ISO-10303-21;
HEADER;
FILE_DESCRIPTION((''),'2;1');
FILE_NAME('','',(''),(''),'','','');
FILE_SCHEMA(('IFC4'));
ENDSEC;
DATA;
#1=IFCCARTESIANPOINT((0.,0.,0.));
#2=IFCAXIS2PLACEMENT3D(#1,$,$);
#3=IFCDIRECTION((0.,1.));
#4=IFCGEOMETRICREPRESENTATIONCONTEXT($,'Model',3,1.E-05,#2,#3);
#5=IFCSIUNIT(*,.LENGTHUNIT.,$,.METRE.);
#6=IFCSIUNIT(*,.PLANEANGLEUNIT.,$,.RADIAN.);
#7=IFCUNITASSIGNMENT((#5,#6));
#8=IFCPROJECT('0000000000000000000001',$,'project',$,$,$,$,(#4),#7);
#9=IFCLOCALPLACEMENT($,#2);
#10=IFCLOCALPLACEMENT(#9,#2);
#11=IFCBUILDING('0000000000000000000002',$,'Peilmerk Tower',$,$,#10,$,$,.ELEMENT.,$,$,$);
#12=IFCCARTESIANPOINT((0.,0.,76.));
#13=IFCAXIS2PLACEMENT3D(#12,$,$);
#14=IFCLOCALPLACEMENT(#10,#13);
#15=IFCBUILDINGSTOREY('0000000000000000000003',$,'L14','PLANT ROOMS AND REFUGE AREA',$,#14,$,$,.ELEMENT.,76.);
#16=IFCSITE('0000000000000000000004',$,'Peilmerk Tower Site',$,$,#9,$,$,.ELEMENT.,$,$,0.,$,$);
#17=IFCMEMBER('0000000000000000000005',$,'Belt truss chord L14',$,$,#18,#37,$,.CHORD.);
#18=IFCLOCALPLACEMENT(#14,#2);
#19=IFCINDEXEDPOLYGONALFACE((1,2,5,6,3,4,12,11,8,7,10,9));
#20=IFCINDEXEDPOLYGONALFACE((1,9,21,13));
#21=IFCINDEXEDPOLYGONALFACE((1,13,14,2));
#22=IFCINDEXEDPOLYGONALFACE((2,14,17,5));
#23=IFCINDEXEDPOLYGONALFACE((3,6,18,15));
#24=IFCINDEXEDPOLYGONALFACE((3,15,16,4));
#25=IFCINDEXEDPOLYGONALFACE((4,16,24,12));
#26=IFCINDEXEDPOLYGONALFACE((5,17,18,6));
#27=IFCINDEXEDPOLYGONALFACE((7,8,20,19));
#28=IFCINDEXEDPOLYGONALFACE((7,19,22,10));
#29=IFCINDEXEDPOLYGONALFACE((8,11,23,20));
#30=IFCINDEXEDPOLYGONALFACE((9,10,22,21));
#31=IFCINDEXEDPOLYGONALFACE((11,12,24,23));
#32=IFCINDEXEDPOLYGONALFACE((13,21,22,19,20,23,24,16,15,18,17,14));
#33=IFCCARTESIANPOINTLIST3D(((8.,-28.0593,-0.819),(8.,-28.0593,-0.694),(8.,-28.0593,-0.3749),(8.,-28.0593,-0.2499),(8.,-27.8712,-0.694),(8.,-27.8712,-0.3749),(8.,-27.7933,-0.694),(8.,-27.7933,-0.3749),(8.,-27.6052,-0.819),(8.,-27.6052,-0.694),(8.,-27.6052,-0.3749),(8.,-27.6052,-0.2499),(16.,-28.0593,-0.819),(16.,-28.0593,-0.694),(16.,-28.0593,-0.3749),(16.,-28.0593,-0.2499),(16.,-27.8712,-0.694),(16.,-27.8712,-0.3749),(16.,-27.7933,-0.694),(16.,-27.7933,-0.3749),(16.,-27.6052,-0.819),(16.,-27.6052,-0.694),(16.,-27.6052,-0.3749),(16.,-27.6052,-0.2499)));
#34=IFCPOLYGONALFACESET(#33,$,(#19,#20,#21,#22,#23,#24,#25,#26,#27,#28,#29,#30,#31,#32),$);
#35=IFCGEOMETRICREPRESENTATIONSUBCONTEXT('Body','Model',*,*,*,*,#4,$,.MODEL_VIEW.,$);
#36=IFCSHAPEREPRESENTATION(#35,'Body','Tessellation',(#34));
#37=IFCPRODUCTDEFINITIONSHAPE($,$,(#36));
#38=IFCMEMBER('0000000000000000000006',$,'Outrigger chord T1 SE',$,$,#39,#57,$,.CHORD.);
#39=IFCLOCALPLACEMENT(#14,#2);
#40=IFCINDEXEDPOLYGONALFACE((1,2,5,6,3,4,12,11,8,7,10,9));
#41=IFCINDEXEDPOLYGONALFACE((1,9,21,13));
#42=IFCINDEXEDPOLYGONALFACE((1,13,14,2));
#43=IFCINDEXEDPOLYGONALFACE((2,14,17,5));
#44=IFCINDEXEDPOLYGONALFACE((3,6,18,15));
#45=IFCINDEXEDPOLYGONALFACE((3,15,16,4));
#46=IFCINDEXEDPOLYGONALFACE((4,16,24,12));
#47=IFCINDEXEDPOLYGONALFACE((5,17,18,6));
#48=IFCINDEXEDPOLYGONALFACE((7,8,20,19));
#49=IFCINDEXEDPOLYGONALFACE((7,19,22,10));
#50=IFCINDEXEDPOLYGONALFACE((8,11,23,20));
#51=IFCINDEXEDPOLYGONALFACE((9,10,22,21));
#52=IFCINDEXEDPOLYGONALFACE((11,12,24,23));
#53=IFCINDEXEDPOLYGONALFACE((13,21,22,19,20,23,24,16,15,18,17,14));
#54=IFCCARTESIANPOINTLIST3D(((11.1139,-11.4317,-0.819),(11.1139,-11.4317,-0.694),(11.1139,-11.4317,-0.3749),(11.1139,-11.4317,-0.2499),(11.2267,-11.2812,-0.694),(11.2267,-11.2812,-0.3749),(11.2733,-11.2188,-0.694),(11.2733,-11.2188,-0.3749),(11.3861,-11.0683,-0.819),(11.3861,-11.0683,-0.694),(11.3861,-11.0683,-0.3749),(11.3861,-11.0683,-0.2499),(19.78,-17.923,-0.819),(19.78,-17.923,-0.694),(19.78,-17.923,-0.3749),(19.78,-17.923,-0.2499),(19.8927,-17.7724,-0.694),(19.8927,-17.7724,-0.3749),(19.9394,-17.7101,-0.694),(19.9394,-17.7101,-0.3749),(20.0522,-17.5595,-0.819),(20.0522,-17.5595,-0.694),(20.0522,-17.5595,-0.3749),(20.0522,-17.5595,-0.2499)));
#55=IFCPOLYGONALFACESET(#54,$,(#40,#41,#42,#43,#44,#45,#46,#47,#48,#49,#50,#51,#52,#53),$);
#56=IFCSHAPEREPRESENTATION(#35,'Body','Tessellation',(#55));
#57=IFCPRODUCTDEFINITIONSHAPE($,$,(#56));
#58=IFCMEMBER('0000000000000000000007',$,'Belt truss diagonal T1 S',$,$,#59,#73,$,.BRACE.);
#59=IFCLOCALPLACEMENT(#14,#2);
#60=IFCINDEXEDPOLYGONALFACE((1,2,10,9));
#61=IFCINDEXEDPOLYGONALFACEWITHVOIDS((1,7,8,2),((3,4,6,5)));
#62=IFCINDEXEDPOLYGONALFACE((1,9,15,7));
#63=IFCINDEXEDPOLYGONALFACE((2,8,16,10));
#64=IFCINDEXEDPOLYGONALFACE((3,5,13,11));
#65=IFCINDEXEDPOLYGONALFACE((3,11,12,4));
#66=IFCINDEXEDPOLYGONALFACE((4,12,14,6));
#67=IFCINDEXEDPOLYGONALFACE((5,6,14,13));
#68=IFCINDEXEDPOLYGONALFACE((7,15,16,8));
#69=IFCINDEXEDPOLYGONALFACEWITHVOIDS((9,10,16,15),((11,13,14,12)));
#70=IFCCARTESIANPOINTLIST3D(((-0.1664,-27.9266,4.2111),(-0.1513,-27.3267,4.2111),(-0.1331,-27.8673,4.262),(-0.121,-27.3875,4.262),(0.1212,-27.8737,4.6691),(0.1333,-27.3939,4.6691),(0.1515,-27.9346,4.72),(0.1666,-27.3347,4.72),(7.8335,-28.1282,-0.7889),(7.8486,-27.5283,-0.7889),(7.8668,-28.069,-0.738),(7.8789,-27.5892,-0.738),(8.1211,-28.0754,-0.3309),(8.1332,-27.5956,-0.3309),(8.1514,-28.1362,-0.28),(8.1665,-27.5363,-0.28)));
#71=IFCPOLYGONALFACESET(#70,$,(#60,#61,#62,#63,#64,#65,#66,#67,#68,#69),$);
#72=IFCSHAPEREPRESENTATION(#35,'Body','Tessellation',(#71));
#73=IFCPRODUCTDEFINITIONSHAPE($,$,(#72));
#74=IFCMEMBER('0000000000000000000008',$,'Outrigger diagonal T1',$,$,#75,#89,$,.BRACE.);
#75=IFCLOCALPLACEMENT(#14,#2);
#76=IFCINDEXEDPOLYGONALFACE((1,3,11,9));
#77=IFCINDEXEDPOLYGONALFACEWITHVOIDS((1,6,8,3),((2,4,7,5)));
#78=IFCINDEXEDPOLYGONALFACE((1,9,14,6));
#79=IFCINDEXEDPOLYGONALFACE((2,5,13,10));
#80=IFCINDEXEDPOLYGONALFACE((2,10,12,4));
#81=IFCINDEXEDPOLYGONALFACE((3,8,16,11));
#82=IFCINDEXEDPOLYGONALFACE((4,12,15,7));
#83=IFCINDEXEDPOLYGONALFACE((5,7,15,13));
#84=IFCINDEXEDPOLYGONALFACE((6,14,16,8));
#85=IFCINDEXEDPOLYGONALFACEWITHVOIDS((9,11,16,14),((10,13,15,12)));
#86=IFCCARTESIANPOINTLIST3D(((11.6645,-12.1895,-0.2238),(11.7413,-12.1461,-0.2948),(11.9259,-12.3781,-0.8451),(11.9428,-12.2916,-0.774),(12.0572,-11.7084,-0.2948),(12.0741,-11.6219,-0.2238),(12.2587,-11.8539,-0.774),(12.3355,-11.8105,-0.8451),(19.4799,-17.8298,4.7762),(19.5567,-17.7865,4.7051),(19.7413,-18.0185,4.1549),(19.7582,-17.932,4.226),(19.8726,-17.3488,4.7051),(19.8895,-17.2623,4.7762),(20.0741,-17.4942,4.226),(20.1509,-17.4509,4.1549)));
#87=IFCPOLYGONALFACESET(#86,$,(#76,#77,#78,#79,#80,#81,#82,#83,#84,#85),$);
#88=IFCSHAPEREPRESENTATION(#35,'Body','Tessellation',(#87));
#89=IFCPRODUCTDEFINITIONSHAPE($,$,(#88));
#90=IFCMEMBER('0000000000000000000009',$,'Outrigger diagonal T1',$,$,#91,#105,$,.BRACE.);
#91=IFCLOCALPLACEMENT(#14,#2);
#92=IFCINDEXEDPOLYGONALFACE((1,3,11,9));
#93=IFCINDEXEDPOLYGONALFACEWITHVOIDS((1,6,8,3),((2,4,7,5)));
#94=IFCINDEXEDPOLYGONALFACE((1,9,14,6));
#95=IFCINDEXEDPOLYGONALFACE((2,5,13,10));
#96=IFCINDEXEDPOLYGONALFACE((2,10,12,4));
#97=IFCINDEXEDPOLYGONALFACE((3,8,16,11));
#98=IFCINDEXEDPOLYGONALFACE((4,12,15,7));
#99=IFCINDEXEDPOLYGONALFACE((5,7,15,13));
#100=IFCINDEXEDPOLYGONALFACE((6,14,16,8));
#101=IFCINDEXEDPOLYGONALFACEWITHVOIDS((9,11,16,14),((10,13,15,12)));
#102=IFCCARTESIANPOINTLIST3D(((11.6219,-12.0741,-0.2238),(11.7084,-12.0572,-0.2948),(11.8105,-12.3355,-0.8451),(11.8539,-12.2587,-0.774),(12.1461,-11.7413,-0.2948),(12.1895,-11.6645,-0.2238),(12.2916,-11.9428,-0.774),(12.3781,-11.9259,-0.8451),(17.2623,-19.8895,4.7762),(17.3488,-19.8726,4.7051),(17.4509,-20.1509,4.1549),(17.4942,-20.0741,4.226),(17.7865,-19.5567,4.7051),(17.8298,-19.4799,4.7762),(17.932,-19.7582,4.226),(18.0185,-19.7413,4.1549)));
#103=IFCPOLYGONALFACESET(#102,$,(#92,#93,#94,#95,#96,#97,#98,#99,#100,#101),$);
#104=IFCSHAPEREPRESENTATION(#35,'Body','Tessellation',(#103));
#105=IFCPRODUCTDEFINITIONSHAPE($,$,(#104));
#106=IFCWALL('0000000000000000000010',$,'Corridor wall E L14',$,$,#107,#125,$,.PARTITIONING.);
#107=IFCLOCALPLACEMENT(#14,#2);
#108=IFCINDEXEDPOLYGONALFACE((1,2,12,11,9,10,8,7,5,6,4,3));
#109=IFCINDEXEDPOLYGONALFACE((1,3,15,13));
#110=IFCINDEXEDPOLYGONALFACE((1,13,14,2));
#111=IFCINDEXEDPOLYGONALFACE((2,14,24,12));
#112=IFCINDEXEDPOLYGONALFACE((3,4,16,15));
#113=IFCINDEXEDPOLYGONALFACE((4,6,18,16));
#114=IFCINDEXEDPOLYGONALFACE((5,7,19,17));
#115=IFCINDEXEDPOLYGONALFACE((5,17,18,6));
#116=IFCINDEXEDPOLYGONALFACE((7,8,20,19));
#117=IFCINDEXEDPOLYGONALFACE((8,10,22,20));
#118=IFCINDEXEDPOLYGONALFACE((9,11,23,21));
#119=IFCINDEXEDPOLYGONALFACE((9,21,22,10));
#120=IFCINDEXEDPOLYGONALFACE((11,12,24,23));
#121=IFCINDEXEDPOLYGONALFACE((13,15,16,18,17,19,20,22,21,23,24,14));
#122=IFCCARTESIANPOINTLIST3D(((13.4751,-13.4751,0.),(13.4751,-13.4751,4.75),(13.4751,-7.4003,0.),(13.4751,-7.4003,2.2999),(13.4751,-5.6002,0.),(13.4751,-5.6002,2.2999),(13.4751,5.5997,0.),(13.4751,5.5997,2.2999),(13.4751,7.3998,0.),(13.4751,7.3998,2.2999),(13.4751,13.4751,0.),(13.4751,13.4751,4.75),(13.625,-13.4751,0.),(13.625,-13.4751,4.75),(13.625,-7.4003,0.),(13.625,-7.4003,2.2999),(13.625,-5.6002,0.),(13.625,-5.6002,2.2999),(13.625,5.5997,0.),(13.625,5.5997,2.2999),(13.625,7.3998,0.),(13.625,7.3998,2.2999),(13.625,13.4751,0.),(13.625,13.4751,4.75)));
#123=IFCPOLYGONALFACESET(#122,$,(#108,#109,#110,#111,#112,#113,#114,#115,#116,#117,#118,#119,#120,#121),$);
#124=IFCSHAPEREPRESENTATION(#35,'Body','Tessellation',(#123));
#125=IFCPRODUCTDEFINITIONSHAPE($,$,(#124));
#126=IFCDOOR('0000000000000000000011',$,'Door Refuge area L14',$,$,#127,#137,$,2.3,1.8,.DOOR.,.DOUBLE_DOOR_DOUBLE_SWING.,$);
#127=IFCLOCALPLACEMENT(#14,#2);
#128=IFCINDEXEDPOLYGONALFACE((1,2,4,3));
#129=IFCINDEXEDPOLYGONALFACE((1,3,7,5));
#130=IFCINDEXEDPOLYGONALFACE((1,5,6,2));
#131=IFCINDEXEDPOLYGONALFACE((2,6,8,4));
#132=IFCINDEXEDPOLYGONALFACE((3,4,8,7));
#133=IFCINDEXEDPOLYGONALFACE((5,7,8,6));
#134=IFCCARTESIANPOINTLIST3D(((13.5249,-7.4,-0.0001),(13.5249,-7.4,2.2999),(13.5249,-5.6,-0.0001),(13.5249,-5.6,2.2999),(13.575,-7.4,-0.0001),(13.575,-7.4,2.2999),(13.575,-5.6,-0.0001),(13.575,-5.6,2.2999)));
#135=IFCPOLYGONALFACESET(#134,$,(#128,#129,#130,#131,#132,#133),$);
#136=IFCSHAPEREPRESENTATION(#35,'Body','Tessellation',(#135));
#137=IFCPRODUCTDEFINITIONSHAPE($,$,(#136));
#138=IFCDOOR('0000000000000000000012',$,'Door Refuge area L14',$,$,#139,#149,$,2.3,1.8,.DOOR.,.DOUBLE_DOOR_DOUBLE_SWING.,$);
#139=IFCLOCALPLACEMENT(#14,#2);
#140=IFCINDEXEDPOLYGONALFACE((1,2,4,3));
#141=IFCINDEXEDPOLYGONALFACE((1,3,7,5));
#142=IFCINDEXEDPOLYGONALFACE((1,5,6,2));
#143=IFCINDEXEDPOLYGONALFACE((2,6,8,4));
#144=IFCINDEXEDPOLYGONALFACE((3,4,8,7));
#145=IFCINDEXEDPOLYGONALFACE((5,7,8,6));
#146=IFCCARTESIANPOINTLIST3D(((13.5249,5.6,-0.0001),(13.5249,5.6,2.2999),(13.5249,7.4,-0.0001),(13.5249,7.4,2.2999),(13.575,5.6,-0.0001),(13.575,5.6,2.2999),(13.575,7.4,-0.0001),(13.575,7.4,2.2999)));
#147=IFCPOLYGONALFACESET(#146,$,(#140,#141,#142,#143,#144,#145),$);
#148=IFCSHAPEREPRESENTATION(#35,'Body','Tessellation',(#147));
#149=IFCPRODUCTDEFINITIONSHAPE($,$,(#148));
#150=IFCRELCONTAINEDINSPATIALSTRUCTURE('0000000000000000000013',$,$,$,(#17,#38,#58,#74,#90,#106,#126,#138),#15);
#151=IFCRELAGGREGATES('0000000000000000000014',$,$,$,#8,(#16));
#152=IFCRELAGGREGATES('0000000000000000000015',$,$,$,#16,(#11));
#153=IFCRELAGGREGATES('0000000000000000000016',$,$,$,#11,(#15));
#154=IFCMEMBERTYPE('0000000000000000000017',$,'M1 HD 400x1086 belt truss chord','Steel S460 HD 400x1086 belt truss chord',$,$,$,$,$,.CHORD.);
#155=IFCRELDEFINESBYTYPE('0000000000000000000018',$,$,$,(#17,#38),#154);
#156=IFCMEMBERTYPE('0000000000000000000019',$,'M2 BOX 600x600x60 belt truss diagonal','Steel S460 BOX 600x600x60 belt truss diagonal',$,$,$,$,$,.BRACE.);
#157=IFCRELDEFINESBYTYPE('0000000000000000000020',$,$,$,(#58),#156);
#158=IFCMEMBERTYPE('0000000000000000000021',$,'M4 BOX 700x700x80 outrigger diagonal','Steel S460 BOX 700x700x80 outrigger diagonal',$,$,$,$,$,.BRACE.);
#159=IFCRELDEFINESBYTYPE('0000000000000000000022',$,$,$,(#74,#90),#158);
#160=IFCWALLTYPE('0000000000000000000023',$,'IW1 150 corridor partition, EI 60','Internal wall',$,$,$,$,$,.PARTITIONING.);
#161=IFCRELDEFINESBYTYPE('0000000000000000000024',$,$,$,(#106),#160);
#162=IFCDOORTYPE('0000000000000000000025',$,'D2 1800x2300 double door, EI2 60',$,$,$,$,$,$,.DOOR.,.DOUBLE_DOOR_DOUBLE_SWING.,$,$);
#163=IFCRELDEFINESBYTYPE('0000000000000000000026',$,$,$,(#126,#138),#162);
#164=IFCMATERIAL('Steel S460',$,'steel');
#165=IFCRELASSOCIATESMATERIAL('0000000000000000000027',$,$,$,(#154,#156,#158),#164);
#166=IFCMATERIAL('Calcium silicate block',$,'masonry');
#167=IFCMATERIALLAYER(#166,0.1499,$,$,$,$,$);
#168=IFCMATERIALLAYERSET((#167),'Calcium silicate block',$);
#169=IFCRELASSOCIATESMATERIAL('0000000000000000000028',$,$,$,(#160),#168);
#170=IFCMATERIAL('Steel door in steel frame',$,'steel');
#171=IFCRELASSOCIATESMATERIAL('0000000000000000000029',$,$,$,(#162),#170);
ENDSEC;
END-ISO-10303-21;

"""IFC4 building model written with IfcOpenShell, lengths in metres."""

from ifc_helpers import new_model, si_unit, direction, frame, frame_2d, origin, origin_2d, place, context, subcontext, project, spatial, rectangle, hollow_rectangle, i_section, extrude, material, layer, layer_set, material_profile, profile_set, type_object, element, fill, save


model = new_model("IFC4")

# Units and contexts
model_context = context("Model", 3, precision=1e-05, world=origin(), true_north=direction((0.0, 1.0)))
body_context = subcontext(model_context, "Body", "Model", "MODEL_VIEW")
ifc_project = project(units=[si_unit("LENGTHUNIT", "METRE"), si_unit("PLANEANGLEUNIT", "RADIAN")], contexts=[model_context])

# Site, building, storey
site_placement = place(None, origin())
site = spatial("IfcSite", under=ifc_project, at=site_placement, Name="Peilmerk Tower Site", CompositionType="ELEMENT", RefElevation=0.0)
building_placement = place(site_placement, origin())
building = spatial("IfcBuilding", under=site, at=building_placement, Name="Peilmerk Tower", CompositionType="ELEMENT")
storey_placement = place(building_placement, frame((0.0, 0.0, 76.0)))
storey = spatial("IfcBuildingStorey", under=building, at=storey_placement, Name="L14", Description="PLANT ROOMS AND REFUGE AREA", CompositionType="ELEMENT", Elevation=76.0)

# Shared definitions
ifc_material_1 = material(Name="Steel S460", Category="steel")

# Members
ifc_material_profile_1 = material_profile(ifc_material_1, i_section(OverallWidth=0.4541, OverallDepth=0.5691, WebThickness=0.0779, FlangeThickness=0.125, at=origin_2d()), Name="HD 400x1086")
ifc_profile_set_1 = profile_set([ifc_material_profile_1], Name="Steel S460")
member_type_1 = type_object("IfcMemberType", Name="M1 HD 400x1086 belt truss chord", Description="Steel S460 HD 400x1086 belt truss chord", PredefinedType="CHORD", material=ifc_profile_set_1)
for number, where, z_axis, x_axis, name in (
    (1, (8.0, -27.8323, -0.5344), (1.0, 0.0, 0.0), (0.0, 1.0, 0.0), "Belt truss chord L14"),
):
    element("IfcMember", number, at=place(storey_placement, frame(where, z_axis=z_axis, x_axis=x_axis)), inside=storey, type_object=member_type_1, Name=name, PredefinedType="CHORD", context=body_context, shape_type="SweptSolid", body=[
        extrude(i_section(OverallWidth=0.4541, OverallDepth=0.5691, WebThickness=0.0779, FlangeThickness=0.125, at=origin_2d()), origin(), (0.0, 0.0, 1.0), 8.0),
    ])
member_1_placement = place(storey_placement, frame((11.25, -11.25, -0.5344), z_axis=(0.800368, -0.599509, 0.0), x_axis=(0.599509, 0.800368, 0.0)))
element("IfcMember", 2, at=member_1_placement, inside=storey, type_object=member_type_1, Name="Outrigger chord T1 SE", PredefinedType="CHORD", context=body_context, shape_type="SweptSolid", body=[
    extrude(i_section(OverallWidth=0.4541, OverallDepth=0.5691, WebThickness=0.0779, FlangeThickness=0.125, at=origin_2d()), origin(), (0.0, 0.0, 1.0), 10.8276),
])
ifc_material_profile_2 = material_profile(ifc_material_1, hollow_rectangle(XDim=0.6001, YDim=0.6001, WallThickness=0.0601, at=origin_2d()), Name="BOX 600x600x60")
ifc_profile_set_2 = profile_set([ifc_material_profile_2], Name="Steel S460")
member_type_2 = type_object("IfcMemberType", Name="M2 BOX 600x600x60 belt truss diagonal", Description="Steel S460 BOX 600x600x60 belt truss diagonal", PredefinedType="BRACE", material=ifc_profile_set_2)
member_2_placement = place(storey_placement, frame((8.0, -27.8323, -0.5344), z_axis=(-0.847805, 0.021371, 0.529878), x_axis=(-0.0252, -0.999682, 0.0)))
element("IfcMember", 3, at=member_2_placement, inside=storey, type_object=member_type_2, Name="Belt truss diagonal T1 S", PredefinedType="BRACE", context=body_context, shape_type="SweptSolid", body=[
    extrude(hollow_rectangle(XDim=0.6001, YDim=0.6001, WallThickness=0.0601, at=origin_2d()), origin(), (0.0, 0.0, 1.0), 9.436),
])
ifc_material_profile_3 = material_profile(ifc_material_1, hollow_rectangle(XDim=0.7, YDim=0.7, WallThickness=0.0801, at=origin_2d()), Name="BOX 700x700x80")
ifc_profile_set_3 = profile_set([ifc_material_profile_3], Name="Steel S460")
member_type_3 = type_object("IfcMemberType", Name="M4 BOX 700x700x80 outrigger diagonal", Description="Steel S460 BOX 700x700x80 outrigger diagonal", PredefinedType="BRACE", material=ifc_profile_set_3)
for number, where, z_axis, x_axis, name in (
    (4, (12.0, -12.0, -0.5344), (0.719789, -0.519471, 0.460493), (0.585211, 0.810881, 0.0), "Outrigger diagonal T1"),
    (5, (12.0, -12.0, -0.5344), (0.519471, -0.719789, 0.460493), (0.810881, 0.585211, 0.0), "Outrigger diagonal T1"),
):
    element("IfcMember", number, at=place(storey_placement, frame(where, z_axis=z_axis, x_axis=x_axis)), inside=storey, type_object=member_type_3, Name=name, PredefinedType="BRACE", context=body_context, shape_type="SweptSolid", body=[
        extrude(hollow_rectangle(XDim=0.7, YDim=0.7, WallThickness=0.0801, at=origin_2d()), origin(), (0.0, 0.0, 1.0), 10.8579),
    ])

# Wall, openings, doors
ifc_material_2 = material(Name="Calcium silicate block", Category="masonry")
ifc_layer = layer(ifc_material_2, 0.1499)
ifc_layer_set = layer_set([ifc_layer], Name="Calcium silicate block")
wall_type = type_object("IfcWallType", Name="IW1 150 corridor partition, EI 60", Description="Internal wall", PredefinedType="PARTITIONING", material=ifc_layer_set)
wall_placement = place(storey_placement, frame((13.55, -13.4751, 0.0), z_axis=(0.0, 0.0, 1.0), x_axis=(0.0, 1.0, 0.0)))
wall = element("IfcWall", 6, at=wall_placement, inside=storey, type_object=wall_type, Name="Corridor wall E L14", PredefinedType="PARTITIONING", context=body_context, shape_type="SweptSolid", body=[
    extrude(rectangle(XDim=26.9502, YDim=0.1499, at=frame_2d((13.4751, 0.0))), origin(), (0.0, 0.0, 1.0), 4.75),
])
opening_1_placement = place(wall_placement, frame((6.075, 0.0, 0.0)))
opening_1 = element("IfcOpeningElement", 7, at=opening_1_placement, cuts=wall, PredefinedType="OPENING", context=body_context, shape_type="SweptSolid", body=[
    extrude(rectangle(XDim=1.8, YDim=2.3, at=frame_2d((0.8999, 1.1499))), frame((0.0, 0.085, 0.0), z_axis=(0.0, -1.0, 0.0), x_axis=(1.0, 0.0, 0.0)), (0.0, 0.0, 1.0), 0.1699),
])
opening_2_placement = place(wall_placement, frame((19.075, 0.0, 0.0)))
opening_2 = element("IfcOpeningElement", 8, at=opening_2_placement, cuts=wall, PredefinedType="OPENING", context=body_context, shape_type="SweptSolid", body=[
    extrude(rectangle(XDim=1.8, YDim=2.3, at=frame_2d((0.8999, 1.1499))), frame((0.0, 0.085, 0.0), z_axis=(0.0, -1.0, 0.0), x_axis=(1.0, 0.0, 0.0)), (0.0, 0.0, 1.0), 0.1699),
])
ifc_material_3 = material(Name="Steel door in steel frame", Category="steel")
door_type = type_object("IfcDoorType", Name="D2 1800x2300 double door, EI2 60", OperationType="DOUBLE_DOOR_DOUBLE_SWING", PredefinedType="DOOR", material=ifc_material_3)
door_1_placement = place(opening_1_placement, frame((1.8, 0.0, 0.0), z_axis=(0.0, 0.0, 1.0), x_axis=(-1.0, 0.0, 0.0)))
door_1 = element("IfcDoor", 9, at=door_1_placement, inside=storey, type_object=door_type, Name="Door Refuge area L14", OperationType="DOUBLE_DOOR_DOUBLE_SWING", OverallHeight=2.3, OverallWidth=1.8, PredefinedType="DOOR", context=body_context, shape_type="SweptSolid", body=[
    extrude(rectangle(XDim=1.8, YDim=2.3, at=frame_2d((0.8999, 1.1499))), frame((0.0, 0.0249, 0.0), z_axis=(0.0, -1.0, 0.0), x_axis=(1.0, 0.0, 0.0)), (0.0, 0.0, 1.0), 0.05),
])
fill(opening_1, door_1)
door_2_placement = place(opening_2_placement, frame((1.8, 0.0, 0.0), z_axis=(0.0, 0.0, 1.0), x_axis=(-1.0, 0.0, 0.0)))
door_2 = element("IfcDoor", 10, at=door_2_placement, inside=storey, type_object=door_type, Name="Door Refuge area L14", OperationType="DOUBLE_DOOR_DOUBLE_SWING", OverallHeight=2.3, OverallWidth=1.8, PredefinedType="DOOR", context=body_context, shape_type="SweptSolid", body=[
    extrude(rectangle(XDim=1.8, YDim=2.3, at=frame_2d((0.8999, 1.1499))), frame((0.0, 0.0249, 0.0), z_axis=(0.0, -1.0, 0.0), x_axis=(1.0, 0.0, 0.0)), (0.0, 0.0, 1.0), 0.05),
])
fill(opening_2, door_2)

save(model, "model.ifc")
